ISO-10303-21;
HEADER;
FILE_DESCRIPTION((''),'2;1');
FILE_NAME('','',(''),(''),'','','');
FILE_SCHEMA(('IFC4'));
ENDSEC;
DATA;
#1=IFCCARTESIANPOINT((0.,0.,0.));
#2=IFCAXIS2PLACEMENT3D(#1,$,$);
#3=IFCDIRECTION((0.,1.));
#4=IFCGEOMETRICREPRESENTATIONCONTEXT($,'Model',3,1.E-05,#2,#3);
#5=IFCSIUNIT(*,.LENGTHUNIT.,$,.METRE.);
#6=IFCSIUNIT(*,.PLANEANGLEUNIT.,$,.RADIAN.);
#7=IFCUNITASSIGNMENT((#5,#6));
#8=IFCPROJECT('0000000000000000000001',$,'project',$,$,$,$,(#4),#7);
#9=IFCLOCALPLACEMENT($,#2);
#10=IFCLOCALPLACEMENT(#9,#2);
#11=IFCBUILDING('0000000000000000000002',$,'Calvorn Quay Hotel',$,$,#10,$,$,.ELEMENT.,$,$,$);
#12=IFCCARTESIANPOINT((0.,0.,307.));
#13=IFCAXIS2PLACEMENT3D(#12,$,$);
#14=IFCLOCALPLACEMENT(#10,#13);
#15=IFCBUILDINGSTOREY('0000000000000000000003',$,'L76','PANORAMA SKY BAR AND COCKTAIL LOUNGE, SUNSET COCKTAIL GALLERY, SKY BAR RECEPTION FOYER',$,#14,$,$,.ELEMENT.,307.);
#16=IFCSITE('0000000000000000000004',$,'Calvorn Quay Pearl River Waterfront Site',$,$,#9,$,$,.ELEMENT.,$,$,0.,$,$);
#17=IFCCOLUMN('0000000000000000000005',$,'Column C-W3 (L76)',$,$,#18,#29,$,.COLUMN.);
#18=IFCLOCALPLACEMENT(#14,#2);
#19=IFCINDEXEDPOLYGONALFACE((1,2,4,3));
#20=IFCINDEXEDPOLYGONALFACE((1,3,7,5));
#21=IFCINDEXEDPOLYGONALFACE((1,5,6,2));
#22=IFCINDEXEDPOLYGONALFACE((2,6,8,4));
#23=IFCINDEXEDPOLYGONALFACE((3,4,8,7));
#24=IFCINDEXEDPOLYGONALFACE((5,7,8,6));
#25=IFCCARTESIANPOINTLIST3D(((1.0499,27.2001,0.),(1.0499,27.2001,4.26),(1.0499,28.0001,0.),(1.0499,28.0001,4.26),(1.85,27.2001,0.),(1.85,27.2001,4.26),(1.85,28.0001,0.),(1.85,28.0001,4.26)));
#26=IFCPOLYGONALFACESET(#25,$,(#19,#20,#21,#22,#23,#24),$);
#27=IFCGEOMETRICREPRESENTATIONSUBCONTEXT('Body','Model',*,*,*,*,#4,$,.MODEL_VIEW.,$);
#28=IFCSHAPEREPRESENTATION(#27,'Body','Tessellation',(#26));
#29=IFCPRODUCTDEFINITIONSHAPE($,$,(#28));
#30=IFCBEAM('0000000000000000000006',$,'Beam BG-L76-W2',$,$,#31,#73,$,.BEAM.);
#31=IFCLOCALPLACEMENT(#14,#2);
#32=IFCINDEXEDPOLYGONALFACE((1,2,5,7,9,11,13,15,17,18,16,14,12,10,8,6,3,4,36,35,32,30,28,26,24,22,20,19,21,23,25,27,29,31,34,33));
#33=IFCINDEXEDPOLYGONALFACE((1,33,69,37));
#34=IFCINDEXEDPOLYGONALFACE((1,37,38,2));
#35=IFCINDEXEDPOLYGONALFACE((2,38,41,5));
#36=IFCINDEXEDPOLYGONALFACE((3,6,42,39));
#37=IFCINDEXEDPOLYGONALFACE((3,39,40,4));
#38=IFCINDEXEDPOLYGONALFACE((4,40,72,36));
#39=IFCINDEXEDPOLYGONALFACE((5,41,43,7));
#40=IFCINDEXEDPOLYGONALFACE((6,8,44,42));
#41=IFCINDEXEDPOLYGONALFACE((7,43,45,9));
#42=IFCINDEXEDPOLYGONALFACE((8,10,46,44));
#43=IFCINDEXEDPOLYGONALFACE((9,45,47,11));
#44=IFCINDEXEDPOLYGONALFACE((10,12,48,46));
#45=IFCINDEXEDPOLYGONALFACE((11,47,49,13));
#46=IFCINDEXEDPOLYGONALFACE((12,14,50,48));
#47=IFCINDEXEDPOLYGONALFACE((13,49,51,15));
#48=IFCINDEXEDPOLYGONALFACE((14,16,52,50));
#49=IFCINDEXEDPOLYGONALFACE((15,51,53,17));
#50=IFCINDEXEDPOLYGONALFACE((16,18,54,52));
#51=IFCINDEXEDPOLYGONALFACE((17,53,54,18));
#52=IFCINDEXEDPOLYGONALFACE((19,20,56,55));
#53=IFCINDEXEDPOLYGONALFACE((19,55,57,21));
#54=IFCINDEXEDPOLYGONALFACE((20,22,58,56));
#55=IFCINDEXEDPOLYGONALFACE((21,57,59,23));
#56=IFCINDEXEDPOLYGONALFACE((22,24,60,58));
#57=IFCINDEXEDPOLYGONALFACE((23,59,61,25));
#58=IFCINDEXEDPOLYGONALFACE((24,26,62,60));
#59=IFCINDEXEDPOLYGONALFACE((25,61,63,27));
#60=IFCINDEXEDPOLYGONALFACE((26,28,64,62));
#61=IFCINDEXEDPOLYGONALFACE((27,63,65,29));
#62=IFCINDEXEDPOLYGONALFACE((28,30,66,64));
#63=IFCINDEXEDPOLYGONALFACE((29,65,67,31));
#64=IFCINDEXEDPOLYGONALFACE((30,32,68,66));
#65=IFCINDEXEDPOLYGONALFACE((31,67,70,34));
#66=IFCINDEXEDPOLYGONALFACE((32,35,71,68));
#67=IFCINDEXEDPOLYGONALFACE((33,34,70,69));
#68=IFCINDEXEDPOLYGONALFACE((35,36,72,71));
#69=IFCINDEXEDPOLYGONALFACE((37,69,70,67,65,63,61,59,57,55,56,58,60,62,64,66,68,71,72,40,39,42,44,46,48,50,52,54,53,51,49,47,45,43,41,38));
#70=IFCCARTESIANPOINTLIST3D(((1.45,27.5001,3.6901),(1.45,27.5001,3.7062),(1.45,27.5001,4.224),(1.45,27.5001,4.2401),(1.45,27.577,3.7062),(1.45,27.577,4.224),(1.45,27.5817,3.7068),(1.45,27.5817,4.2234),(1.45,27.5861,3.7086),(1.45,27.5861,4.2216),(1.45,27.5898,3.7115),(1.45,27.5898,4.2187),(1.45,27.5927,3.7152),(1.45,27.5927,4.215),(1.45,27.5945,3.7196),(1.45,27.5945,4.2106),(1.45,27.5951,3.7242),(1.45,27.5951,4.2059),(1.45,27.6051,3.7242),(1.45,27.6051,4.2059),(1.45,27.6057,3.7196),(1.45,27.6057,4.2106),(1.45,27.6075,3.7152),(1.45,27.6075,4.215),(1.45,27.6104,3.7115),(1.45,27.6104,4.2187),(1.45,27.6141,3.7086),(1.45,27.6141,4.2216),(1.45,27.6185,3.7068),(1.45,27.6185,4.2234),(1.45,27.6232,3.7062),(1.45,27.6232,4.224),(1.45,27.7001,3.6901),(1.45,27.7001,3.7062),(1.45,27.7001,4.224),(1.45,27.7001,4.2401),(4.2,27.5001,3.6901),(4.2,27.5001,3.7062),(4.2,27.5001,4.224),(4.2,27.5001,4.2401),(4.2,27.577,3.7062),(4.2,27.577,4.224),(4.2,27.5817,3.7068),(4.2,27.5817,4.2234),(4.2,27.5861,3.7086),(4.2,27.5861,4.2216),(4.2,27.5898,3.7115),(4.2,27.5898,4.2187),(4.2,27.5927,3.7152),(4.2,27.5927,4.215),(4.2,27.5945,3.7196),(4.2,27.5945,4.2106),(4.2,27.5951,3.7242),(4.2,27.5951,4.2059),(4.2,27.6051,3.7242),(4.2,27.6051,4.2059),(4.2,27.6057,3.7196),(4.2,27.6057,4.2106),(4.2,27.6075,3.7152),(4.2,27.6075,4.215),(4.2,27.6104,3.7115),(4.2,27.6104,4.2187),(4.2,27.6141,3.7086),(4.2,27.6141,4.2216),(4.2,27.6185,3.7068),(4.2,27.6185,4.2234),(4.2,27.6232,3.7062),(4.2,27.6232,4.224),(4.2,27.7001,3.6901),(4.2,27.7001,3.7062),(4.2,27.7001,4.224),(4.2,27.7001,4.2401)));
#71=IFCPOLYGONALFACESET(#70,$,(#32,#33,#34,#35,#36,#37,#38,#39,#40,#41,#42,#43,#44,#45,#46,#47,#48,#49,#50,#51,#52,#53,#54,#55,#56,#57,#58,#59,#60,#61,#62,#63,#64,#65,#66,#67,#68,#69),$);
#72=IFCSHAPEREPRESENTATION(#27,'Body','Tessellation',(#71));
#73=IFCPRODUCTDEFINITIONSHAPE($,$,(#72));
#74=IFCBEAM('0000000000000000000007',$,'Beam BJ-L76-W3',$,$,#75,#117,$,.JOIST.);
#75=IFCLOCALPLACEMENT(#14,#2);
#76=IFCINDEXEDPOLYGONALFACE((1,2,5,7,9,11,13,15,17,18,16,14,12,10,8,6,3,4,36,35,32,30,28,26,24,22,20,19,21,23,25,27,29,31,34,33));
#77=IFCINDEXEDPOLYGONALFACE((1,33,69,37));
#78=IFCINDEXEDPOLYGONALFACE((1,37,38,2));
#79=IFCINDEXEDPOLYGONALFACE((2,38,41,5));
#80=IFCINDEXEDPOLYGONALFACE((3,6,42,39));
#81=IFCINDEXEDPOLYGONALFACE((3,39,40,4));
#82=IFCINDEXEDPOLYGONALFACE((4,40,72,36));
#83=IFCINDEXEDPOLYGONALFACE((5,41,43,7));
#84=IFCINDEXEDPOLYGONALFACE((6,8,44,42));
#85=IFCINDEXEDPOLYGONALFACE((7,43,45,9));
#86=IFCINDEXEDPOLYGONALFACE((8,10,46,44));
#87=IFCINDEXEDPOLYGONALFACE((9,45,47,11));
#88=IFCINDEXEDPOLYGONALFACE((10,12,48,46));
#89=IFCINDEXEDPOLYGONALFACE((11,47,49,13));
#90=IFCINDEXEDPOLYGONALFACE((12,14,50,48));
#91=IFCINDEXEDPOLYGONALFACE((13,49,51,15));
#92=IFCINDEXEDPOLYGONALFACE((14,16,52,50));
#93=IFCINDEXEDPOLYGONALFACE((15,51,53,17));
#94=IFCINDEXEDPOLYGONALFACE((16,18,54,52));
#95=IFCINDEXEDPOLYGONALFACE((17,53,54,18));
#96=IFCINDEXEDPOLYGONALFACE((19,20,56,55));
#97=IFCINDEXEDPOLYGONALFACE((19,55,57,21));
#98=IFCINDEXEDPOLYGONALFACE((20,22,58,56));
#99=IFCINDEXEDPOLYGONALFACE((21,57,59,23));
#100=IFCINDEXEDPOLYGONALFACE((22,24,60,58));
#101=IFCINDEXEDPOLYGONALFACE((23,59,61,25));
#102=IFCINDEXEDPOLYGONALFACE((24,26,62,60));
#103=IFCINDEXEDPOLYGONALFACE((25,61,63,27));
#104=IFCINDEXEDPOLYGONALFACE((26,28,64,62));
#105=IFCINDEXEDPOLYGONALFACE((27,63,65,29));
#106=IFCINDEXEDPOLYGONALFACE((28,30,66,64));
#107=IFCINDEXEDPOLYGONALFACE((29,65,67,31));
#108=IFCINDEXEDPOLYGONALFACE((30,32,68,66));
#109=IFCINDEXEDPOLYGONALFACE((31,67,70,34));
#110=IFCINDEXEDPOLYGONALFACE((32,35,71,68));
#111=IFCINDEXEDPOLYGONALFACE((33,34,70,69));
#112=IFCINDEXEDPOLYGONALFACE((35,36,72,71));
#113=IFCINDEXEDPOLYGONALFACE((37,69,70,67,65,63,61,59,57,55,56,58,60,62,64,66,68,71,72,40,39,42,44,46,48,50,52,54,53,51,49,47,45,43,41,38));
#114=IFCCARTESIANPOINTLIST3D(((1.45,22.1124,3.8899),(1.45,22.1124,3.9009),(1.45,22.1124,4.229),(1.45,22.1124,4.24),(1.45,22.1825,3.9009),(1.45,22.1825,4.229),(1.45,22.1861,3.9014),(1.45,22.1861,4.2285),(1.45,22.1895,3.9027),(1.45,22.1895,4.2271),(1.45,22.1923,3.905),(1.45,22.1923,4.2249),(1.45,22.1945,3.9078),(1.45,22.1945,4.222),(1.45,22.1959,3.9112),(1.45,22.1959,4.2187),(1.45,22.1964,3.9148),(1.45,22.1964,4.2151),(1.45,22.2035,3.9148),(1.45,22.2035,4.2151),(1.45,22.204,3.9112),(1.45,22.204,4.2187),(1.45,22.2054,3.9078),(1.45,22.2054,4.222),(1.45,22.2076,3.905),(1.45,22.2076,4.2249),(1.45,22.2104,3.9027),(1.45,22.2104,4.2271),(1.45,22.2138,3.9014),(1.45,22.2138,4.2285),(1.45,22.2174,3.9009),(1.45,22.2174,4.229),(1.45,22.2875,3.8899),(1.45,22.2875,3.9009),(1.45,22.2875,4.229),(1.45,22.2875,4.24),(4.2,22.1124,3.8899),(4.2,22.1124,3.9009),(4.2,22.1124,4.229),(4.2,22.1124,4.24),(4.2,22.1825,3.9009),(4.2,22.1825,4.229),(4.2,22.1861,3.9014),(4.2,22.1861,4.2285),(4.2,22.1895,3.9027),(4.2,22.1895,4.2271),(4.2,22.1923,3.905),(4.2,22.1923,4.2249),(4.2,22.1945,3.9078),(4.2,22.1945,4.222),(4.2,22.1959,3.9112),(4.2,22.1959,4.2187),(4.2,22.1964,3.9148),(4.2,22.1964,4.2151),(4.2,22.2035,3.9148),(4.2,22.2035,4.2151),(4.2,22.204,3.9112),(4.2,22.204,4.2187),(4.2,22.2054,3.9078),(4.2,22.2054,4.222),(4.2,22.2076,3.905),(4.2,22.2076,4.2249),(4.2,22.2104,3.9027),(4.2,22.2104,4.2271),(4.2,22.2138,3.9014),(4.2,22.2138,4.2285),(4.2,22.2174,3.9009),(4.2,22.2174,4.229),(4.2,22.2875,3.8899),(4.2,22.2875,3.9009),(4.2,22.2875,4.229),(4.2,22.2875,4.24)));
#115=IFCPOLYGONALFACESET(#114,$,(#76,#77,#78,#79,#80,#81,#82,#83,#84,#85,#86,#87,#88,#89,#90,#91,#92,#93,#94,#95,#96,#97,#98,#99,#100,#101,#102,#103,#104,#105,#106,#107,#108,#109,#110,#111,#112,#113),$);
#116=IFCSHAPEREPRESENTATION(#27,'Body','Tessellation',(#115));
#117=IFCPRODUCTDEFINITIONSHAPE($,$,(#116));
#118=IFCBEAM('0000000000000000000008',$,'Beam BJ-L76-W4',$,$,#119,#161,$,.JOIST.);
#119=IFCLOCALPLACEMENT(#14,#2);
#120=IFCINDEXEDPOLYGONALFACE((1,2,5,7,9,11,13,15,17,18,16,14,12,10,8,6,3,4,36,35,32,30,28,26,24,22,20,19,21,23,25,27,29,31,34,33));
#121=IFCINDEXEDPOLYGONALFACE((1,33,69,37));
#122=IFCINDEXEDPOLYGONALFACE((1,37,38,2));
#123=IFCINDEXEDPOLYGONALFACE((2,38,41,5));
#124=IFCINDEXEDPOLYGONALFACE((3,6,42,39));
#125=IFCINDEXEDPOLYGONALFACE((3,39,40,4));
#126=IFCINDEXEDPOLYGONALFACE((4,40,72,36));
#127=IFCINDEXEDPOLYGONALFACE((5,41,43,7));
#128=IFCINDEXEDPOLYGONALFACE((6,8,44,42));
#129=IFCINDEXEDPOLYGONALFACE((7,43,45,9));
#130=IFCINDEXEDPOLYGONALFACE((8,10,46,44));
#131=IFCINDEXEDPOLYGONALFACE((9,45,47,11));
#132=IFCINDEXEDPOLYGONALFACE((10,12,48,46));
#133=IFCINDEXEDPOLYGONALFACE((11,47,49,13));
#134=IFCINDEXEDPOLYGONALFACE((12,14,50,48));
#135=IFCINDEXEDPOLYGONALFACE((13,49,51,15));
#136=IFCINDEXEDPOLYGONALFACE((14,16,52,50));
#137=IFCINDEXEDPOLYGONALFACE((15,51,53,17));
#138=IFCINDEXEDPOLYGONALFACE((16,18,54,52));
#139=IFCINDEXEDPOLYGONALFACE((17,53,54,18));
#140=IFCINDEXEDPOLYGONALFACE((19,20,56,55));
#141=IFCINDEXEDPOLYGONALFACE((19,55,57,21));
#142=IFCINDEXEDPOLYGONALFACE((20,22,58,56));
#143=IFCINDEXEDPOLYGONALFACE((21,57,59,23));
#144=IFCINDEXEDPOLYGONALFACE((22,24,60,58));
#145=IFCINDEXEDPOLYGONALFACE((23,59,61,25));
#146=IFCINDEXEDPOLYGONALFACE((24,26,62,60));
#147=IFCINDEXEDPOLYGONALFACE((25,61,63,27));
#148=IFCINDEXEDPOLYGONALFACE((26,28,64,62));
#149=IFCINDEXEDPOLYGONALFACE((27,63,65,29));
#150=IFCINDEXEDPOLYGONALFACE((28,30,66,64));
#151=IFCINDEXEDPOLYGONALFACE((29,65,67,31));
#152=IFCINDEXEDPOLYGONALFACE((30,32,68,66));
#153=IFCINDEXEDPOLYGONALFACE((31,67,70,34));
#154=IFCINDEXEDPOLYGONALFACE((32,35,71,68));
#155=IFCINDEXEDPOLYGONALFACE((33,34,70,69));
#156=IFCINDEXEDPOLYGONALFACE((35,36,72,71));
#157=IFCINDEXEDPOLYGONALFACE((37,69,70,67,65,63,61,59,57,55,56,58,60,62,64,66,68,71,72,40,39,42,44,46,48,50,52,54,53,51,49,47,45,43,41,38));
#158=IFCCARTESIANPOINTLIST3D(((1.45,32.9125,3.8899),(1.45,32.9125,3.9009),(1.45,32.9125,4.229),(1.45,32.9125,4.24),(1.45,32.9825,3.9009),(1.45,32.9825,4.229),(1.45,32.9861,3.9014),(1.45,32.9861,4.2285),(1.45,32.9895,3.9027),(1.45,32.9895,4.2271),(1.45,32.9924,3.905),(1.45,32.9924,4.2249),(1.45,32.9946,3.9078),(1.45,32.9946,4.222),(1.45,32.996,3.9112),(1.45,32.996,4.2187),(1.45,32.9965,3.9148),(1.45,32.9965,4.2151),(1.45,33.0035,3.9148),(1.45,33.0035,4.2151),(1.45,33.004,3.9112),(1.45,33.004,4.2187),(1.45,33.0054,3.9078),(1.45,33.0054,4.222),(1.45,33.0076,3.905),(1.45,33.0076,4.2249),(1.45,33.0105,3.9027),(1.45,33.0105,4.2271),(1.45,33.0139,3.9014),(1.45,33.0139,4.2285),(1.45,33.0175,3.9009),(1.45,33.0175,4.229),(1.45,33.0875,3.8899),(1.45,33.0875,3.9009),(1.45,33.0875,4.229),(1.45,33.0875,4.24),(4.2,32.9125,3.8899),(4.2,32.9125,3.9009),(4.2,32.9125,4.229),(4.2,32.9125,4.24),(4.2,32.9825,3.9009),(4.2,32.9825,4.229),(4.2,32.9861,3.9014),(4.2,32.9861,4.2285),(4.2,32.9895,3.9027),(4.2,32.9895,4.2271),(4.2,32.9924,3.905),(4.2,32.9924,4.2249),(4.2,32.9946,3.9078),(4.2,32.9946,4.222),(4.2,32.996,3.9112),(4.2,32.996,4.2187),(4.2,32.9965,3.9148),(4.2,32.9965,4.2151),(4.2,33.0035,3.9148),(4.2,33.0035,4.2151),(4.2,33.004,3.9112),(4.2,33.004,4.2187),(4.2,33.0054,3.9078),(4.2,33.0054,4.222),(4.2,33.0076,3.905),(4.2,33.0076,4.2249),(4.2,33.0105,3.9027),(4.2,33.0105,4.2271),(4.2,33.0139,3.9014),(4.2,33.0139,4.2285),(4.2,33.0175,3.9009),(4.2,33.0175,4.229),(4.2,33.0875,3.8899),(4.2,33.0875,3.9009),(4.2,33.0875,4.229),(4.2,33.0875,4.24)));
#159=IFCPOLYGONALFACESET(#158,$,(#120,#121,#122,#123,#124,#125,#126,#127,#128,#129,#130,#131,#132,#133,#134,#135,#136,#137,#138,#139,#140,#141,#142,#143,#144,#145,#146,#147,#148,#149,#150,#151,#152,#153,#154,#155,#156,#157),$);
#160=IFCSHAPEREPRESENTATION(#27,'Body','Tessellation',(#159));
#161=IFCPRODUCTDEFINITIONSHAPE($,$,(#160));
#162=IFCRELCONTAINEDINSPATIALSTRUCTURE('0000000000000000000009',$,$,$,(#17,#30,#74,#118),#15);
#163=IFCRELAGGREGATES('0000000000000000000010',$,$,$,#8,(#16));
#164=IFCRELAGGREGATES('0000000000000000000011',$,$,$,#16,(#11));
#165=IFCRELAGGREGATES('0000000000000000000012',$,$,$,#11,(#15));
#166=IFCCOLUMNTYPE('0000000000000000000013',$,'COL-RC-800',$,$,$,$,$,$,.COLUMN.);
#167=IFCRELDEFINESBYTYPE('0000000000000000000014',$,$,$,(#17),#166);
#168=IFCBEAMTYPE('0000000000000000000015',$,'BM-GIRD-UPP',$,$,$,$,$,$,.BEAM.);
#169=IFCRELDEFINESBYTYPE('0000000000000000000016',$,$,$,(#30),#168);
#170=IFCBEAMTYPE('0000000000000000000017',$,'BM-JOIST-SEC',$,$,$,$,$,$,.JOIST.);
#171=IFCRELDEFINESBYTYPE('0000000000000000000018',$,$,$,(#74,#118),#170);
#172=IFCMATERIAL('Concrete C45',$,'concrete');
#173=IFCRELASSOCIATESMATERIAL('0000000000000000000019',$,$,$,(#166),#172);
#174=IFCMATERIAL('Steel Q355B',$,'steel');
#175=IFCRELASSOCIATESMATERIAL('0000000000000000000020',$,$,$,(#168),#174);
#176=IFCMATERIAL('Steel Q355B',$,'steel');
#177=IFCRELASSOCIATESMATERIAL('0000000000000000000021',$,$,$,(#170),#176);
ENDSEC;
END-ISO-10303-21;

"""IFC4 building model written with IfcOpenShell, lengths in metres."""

from ifc_helpers import new_model, si_unit, direction, frame, origin, origin_2d, place, context, subcontext, project, spatial, rectangle, i_section, extrude, material, material_profile, profile_set, type_object, element, save


model = new_model("IFC4")

# Units and contexts
model_context = context("Model", 3, precision=1e-05, world=origin(), true_north=direction((0.0, 1.0)))
body_context = subcontext(model_context, "Body", "Model", "MODEL_VIEW")
ifc_project = project(units=[si_unit("LENGTHUNIT", "METRE"), si_unit("PLANEANGLEUNIT", "RADIAN")], contexts=[model_context])

# Site, building, storey
site_placement = place(None, origin())
site = spatial("IfcSite", under=ifc_project, at=site_placement, Name="Calvorn Quay Pearl River Waterfront Site", CompositionType="ELEMENT", RefElevation=0.0)
building_placement = place(site_placement, origin())
building = spatial("IfcBuilding", under=site, at=building_placement, Name="Calvorn Quay Hotel", CompositionType="ELEMENT")
storey_placement = place(building_placement, frame((0.0, 0.0, 307.0)))
storey = spatial("IfcBuildingStorey", under=building, at=storey_placement, Name="L76", Description="PANORAMA SKY BAR AND COCKTAIL LOUNGE, SUNSET COCKTAIL GALLERY, SKY BAR RECEPTION FOYER", CompositionType="ELEMENT", Elevation=307.0)

# Column
ifc_material_1 = material(Name="Concrete C45", Category="concrete")
ifc_material_profile_1 = material_profile(ifc_material_1, rectangle(XDim=0.8, YDim=0.8, at=origin_2d()), Name="RC800x800")
ifc_profile_set_1 = profile_set([ifc_material_profile_1], Name="Concrete C45")
column_type = type_object("IfcColumnType", Name="COL-RC-800", PredefinedType="COLUMN", material=ifc_profile_set_1)
column_placement = place(storey_placement, frame((1.45, 27.6001, 0.0), z_axis=(0.0, 0.0, 1.0), x_axis=(1.0, 0.0, 0.0)))
element("IfcColumn", 1, at=column_placement, inside=storey, type_object=column_type, Name="Column C-W3 (L76)", PredefinedType="COLUMN", context=body_context, shape_type="SweptSolid", body=[
    extrude(rectangle(XDim=0.8, YDim=0.8, at=origin_2d()), origin(), (0.0, 0.0, 1.0), 4.26),
])

# Beams
ifc_material_2 = material(Name="Steel Q355B", Category="steel")
ifc_material_profile_2 = material_profile(ifc_material_2, i_section(OverallWidth=0.2, OverallDepth=0.55, WebThickness=0.01, FlangeThickness=0.0161, FilletRadius=0.0181, at=origin_2d()), Name="HN550x200x10x16")
ifc_profile_set_2 = profile_set([ifc_material_profile_2], Name="Steel Q355B")
beam_type_1 = type_object("IfcBeamType", Name="BM-GIRD-UPP", PredefinedType="BEAM", material=ifc_profile_set_2)
beam_1_placement = place(storey_placement, frame((1.45, 27.6001, 3.9651), z_axis=(1.0, 0.0, 0.0), x_axis=(0.0, 1.0, 0.0)))
element("IfcBeam", 2, at=beam_1_placement, inside=storey, type_object=beam_type_1, Name="Beam BG-L76-W2", PredefinedType="BEAM", context=body_context, shape_type="SweptSolid", body=[
    extrude(i_section(OverallWidth=0.2, OverallDepth=0.55, WebThickness=0.01, FlangeThickness=0.0161, FilletRadius=0.0181, at=origin_2d()), origin(), (0.0, 0.0, 1.0), 2.75),
])
ifc_material_3 = material(Name="Steel Q355B", Category="steel")
ifc_material_profile_3 = material_profile(ifc_material_3, i_section(OverallWidth=0.175, OverallDepth=0.3501, WebThickness=0.0071, FlangeThickness=0.011, FilletRadius=0.0139, at=origin_2d()), Name="HN350x175x7x11")
ifc_profile_set_3 = profile_set([ifc_material_profile_3], Name="Steel Q355B")
beam_type_2 = type_object("IfcBeamType", Name="BM-JOIST-SEC", PredefinedType="JOIST", material=ifc_profile_set_3)
for number, where, z_axis, x_axis, name in (
    (3, (1.45, 22.2, 4.0649), (1.0, 0.0, 0.0), (0.0, 1.0, 0.0), "Beam BJ-L76-W3"),
    (4, (1.45, 33.0, 4.0649), (1.0, 0.0, 0.0), (0.0, 1.0, 0.0), "Beam BJ-L76-W4"),
):
    element("IfcBeam", number, at=place(storey_placement, frame(where, z_axis=z_axis, x_axis=x_axis)), inside=storey, type_object=beam_type_2, Name=name, PredefinedType="JOIST", context=body_context, shape_type="SweptSolid", body=[
        extrude(i_section(OverallWidth=0.175, OverallDepth=0.3501, WebThickness=0.0071, FlangeThickness=0.011, FilletRadius=0.0139, at=origin_2d()), origin(), (0.0, 0.0, 1.0), 2.75),
    ])

save(model, "model.ifc")
